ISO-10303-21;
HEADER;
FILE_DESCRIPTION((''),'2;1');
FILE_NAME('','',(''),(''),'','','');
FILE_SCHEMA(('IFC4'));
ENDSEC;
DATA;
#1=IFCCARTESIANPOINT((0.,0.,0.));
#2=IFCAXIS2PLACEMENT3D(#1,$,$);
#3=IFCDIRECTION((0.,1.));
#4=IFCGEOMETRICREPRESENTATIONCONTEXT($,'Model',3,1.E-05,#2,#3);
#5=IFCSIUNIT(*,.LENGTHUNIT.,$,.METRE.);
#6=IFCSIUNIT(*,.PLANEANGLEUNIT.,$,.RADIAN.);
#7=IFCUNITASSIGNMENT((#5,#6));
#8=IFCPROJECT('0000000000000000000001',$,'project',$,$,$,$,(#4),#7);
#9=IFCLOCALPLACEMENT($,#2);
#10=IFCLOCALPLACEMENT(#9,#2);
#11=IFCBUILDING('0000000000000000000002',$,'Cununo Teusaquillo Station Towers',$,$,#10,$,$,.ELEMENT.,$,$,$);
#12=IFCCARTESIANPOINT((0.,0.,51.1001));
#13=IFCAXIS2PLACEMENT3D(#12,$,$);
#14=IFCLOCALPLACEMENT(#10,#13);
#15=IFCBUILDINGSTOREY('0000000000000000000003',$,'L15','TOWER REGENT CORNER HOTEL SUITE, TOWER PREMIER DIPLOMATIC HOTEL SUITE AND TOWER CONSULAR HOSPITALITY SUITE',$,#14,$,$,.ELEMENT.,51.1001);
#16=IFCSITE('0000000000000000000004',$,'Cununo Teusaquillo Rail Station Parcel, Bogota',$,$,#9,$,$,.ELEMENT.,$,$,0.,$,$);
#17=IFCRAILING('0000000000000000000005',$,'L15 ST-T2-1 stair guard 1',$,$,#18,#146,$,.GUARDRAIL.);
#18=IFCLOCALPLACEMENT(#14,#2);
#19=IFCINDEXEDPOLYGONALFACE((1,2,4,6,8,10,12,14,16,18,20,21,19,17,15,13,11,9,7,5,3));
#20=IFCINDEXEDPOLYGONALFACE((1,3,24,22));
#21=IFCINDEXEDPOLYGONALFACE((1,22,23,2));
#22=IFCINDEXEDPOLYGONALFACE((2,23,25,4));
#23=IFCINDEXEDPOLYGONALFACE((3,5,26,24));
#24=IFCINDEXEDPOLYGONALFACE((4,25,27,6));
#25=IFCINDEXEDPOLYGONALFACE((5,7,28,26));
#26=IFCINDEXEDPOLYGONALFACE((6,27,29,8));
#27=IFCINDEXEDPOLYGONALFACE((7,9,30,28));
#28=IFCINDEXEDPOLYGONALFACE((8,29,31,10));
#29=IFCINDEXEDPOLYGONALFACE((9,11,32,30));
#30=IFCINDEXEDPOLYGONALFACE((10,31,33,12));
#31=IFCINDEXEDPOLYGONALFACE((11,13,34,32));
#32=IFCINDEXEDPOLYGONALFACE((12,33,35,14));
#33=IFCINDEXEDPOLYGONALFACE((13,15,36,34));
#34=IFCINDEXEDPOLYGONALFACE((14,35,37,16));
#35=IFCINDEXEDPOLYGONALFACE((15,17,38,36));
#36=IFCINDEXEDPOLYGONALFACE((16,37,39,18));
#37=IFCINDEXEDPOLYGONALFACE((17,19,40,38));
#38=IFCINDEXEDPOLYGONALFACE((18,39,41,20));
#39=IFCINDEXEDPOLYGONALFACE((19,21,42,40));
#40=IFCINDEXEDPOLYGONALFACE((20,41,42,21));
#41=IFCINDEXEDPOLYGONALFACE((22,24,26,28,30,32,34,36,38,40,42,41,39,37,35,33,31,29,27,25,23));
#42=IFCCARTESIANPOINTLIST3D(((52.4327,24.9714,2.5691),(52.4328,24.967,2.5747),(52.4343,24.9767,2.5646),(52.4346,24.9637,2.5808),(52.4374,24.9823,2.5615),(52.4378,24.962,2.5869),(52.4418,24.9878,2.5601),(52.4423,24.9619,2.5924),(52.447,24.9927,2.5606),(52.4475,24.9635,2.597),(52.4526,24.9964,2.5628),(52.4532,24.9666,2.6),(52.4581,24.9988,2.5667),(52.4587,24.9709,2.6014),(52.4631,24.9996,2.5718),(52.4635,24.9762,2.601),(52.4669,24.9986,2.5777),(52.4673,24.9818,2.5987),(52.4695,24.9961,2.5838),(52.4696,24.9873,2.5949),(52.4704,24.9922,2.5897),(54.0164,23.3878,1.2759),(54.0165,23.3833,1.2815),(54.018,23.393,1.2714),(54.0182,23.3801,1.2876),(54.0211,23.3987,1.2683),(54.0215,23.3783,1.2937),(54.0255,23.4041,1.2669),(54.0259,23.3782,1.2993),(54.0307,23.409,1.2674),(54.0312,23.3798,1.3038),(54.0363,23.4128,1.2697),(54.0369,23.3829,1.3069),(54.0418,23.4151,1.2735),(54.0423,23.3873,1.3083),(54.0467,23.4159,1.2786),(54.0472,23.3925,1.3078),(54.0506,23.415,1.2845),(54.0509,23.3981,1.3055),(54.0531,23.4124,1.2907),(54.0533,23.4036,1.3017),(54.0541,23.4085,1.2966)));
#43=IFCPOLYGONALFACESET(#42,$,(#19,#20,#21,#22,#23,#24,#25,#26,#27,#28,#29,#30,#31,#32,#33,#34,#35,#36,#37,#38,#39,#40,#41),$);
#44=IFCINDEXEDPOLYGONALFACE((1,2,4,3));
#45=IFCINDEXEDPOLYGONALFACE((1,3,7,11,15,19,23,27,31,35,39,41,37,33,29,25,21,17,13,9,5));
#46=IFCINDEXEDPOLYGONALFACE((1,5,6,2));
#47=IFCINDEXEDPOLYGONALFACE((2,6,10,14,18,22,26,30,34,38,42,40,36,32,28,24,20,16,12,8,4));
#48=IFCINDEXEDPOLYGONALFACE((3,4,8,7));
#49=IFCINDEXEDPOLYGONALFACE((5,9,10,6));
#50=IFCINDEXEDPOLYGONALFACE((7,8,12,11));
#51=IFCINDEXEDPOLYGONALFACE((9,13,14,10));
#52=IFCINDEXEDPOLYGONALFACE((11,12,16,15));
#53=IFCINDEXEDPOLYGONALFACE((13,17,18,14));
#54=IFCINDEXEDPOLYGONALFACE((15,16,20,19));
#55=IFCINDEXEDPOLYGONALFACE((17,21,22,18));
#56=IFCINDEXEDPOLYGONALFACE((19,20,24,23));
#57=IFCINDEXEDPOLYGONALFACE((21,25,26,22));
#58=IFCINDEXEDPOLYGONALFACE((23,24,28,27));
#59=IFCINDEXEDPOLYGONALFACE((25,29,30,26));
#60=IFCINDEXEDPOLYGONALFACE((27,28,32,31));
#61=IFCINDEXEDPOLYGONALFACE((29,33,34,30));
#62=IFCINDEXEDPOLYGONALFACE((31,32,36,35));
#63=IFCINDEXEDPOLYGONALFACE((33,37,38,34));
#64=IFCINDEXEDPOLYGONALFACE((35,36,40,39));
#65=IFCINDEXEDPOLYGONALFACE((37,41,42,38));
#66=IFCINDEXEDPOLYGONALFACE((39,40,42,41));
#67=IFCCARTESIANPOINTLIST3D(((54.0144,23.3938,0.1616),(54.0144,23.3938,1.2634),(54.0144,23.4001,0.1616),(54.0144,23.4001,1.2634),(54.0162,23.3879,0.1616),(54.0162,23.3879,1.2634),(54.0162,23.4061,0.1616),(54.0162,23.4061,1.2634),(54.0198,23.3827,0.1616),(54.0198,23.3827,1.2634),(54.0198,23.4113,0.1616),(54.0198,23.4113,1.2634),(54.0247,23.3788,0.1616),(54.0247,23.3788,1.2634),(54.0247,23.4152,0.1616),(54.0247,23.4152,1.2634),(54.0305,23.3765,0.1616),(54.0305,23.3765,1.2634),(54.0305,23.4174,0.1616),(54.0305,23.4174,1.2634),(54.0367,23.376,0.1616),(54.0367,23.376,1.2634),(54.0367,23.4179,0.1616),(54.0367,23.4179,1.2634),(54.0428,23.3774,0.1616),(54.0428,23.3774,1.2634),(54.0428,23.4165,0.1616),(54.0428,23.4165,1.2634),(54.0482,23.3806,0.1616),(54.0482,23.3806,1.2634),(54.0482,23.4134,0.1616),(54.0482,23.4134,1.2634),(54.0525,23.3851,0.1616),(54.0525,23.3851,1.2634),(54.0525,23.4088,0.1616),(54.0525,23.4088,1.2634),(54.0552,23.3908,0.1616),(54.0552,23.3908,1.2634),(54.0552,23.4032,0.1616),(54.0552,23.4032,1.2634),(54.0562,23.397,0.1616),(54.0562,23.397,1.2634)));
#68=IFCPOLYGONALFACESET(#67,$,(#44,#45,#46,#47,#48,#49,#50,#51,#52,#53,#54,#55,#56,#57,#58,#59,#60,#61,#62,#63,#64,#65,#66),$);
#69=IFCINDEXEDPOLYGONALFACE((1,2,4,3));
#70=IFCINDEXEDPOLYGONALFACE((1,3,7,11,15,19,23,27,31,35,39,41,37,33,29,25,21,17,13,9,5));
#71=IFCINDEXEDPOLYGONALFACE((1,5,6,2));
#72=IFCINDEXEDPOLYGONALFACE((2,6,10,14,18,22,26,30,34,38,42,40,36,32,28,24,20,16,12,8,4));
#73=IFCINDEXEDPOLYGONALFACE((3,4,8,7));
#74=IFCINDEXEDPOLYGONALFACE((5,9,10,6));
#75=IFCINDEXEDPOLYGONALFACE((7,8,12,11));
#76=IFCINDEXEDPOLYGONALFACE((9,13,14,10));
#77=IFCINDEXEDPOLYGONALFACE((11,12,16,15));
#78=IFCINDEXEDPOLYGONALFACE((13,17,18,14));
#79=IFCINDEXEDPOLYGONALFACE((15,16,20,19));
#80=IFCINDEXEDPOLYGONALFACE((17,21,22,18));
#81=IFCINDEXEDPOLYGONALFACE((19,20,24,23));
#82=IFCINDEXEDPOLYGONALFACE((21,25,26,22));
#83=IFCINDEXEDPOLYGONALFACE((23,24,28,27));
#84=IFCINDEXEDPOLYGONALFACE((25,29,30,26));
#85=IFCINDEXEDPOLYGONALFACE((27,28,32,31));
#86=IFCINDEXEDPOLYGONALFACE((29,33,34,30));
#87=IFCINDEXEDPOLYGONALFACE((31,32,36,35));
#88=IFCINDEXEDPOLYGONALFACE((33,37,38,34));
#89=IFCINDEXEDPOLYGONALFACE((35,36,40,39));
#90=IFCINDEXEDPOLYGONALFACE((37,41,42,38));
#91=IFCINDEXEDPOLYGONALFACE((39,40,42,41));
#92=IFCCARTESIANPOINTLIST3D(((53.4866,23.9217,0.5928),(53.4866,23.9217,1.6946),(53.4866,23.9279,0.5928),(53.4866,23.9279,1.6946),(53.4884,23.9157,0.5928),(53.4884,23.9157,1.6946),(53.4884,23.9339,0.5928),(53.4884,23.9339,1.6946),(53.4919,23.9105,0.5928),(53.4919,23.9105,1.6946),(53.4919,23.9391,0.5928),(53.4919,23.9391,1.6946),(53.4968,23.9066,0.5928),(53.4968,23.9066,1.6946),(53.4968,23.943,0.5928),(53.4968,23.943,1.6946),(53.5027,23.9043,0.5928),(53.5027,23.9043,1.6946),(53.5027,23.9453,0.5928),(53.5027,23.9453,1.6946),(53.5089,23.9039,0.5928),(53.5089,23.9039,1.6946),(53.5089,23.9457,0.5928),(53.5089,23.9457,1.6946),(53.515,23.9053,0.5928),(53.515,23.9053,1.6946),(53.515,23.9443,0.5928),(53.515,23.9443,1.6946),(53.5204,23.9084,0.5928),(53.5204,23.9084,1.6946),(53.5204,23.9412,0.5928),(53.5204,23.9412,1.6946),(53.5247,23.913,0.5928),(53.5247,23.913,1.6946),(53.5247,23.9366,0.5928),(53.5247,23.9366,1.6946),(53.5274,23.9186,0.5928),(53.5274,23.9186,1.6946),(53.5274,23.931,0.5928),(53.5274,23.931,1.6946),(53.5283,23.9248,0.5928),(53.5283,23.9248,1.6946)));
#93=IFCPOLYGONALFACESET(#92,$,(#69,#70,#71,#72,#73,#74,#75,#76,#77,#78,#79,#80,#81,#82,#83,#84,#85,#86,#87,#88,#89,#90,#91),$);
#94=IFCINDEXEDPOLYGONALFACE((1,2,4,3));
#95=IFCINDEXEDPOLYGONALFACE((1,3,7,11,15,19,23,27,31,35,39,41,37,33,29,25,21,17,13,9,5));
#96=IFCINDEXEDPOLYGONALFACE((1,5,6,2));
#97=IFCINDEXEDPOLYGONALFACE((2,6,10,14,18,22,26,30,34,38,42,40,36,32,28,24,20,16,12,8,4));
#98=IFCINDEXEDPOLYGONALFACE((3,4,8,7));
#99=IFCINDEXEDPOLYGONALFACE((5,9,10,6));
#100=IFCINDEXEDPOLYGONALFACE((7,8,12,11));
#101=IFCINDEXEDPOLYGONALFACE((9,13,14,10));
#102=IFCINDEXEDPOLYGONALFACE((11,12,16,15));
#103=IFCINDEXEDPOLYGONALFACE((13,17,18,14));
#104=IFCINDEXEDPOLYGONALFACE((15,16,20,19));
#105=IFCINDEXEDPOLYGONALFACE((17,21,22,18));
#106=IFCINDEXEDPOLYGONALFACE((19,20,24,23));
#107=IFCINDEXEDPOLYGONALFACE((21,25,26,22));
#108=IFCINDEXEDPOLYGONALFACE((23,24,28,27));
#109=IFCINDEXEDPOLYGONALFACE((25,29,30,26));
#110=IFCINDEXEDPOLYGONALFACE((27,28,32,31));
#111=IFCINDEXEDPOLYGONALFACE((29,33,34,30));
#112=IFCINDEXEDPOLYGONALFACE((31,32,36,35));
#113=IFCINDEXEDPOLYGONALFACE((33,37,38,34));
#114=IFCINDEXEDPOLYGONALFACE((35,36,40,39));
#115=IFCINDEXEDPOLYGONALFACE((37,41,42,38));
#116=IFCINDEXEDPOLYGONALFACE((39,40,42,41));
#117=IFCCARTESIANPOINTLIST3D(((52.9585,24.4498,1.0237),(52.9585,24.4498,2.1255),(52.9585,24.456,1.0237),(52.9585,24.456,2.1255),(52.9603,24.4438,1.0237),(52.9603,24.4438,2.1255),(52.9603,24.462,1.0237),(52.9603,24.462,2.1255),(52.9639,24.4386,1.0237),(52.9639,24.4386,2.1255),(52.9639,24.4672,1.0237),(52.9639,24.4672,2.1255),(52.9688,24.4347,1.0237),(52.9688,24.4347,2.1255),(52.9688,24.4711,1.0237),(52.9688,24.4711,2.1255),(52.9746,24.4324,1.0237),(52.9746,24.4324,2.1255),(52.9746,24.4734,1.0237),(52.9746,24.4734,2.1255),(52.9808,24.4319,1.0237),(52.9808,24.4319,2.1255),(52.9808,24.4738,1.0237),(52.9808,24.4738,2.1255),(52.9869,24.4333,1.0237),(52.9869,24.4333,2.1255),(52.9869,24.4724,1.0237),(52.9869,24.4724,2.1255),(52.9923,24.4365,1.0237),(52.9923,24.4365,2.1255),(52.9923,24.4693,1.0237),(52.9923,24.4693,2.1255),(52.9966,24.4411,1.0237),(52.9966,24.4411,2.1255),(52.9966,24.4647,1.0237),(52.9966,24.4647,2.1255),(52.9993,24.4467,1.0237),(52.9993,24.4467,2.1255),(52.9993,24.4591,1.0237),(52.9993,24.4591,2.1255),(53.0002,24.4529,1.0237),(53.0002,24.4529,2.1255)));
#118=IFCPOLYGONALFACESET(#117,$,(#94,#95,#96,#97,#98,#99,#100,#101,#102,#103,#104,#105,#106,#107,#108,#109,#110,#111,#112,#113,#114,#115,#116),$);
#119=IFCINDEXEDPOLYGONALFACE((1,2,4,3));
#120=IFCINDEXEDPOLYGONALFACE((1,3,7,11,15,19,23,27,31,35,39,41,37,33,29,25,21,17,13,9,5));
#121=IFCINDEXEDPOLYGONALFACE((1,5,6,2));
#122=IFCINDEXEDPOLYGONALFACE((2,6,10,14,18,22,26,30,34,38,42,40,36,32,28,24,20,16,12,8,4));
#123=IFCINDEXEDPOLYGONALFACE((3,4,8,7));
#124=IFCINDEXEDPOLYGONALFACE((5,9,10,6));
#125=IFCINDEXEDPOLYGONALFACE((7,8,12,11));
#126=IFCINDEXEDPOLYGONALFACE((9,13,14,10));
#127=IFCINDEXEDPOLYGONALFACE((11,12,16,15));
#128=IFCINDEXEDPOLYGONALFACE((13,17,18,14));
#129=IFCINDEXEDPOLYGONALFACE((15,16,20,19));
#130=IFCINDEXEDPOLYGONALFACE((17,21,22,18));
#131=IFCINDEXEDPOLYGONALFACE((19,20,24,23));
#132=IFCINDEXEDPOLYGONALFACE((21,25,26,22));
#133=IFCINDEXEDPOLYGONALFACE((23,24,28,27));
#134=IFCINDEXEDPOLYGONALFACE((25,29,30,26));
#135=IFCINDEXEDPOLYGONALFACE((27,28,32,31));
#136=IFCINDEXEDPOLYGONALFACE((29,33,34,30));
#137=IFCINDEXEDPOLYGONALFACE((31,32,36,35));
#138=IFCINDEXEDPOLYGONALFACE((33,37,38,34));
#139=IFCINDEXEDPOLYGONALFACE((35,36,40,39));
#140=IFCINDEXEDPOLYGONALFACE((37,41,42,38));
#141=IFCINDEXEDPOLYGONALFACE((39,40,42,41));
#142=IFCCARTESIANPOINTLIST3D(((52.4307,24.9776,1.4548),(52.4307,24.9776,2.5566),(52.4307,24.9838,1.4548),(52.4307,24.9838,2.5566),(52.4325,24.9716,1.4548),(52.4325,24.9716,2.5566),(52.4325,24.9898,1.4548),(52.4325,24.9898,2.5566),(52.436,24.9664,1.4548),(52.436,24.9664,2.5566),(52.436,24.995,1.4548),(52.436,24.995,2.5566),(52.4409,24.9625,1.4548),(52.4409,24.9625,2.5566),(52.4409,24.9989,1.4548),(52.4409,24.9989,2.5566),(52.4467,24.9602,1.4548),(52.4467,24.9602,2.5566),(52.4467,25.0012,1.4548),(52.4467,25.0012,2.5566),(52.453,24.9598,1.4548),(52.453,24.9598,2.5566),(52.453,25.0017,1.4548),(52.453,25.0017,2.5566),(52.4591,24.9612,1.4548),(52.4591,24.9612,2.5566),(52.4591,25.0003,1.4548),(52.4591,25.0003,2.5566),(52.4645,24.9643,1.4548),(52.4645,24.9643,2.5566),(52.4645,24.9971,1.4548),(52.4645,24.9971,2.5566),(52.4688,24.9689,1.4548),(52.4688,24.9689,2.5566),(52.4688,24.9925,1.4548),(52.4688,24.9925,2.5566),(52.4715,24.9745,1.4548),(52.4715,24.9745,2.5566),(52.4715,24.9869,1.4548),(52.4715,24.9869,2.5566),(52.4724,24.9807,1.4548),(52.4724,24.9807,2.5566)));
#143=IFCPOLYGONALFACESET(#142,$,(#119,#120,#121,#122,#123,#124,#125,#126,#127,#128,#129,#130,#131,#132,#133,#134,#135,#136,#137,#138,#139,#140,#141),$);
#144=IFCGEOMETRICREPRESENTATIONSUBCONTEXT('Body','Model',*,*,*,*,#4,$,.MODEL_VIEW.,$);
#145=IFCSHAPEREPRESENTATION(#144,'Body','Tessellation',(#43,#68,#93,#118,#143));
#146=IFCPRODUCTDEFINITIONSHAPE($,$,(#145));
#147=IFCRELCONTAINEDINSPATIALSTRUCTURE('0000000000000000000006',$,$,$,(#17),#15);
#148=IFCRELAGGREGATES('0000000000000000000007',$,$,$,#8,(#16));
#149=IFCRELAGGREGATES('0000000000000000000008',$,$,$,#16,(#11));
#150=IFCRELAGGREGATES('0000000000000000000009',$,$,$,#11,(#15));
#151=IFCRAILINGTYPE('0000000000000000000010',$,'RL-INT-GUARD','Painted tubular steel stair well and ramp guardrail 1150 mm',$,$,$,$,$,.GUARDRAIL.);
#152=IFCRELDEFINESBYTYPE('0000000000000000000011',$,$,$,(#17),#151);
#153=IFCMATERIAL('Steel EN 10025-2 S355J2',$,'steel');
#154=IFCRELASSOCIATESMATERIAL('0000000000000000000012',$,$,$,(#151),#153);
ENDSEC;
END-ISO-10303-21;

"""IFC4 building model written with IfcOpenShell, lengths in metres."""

from ifc_helpers import new_model, si_unit, direction, frame, origin, origin_2d, place, context, subcontext, project, spatial, circle, extrude, material, type_object, element, save


model = new_model("IFC4")

# Units and contexts
model_context = context("Model", 3, precision=1e-05, world=origin(), true_north=direction((0.0, 1.0)))
body_context = subcontext(model_context, "Body", "Model", "MODEL_VIEW")
ifc_project = project(units=[si_unit("LENGTHUNIT", "METRE"), si_unit("PLANEANGLEUNIT", "RADIAN")], contexts=[model_context])

# Site, building, storey
site_placement = place(None, origin())
site = spatial("IfcSite", under=ifc_project, at=site_placement, Name="Cununo Teusaquillo Rail Station Parcel, Bogota", CompositionType="ELEMENT", RefElevation=0.0)
building_placement = place(site_placement, origin())
building = spatial("IfcBuilding", under=site, at=building_placement, Name="Cununo Teusaquillo Station Towers", CompositionType="ELEMENT")
storey_placement = place(building_placement, frame((0.0, 0.0, 51.1001)))
storey = spatial("IfcBuildingStorey", under=building, at=storey_placement, Name="L15", Description="TOWER REGENT CORNER HOTEL SUITE, TOWER PREMIER DIPLOMATIC HOTEL SUITE AND TOWER CONSULAR HOSPITALITY SUITE", CompositionType="ELEMENT", Elevation=51.1001)

# Railing
ifc_material_1 = material(Name="Steel EN 10025-2 S355J2", Category="steel")
railing_type_1 = type_object("IfcRailingType", Name="RL-INT-GUARD", Description="Painted tubular steel stair well and ramp guardrail 1150 mm", PredefinedType="GUARDRAIL", material=ifc_material_1)
railing_1_placement = place(storey_placement, frame((54.0352, 23.397, 0.1616)))
element("IfcRailing", 1, at=railing_1_placement, inside=storey, type_object=railing_type_1, Name="L15 ST-T2-1 stair guard 1", PredefinedType="GUARDRAIL", context=body_context, shape_type="SweptSolid", body=[
    extrude(circle(Radius=0.0239, at=origin_2d()), frame((0.0, 0.0, 1.126), z_axis=(-0.612361, 0.612361, 0.500027), x_axis=(-0.707107, -0.707107, 0.0)), (0.0, 0.0, 1.0), 2.5862),
    extrude(circle(Radius=0.021, at=origin_2d()), origin(), (0.0, 0.0, 1.0), 1.1018),
    extrude(circle(Radius=0.021, at=origin_2d()), frame((-0.5278, 0.5278, 0.4312)), (0.0, 0.0, 1.0), 1.1018),
    extrude(circle(Radius=0.021, at=origin_2d()), frame((-1.0559, 1.0559, 0.8621)), (0.0, 0.0, 1.0), 1.1018),
    extrude(circle(Radius=0.021, at=origin_2d()), frame((-1.5837, 1.5837, 1.2932)), (0.0, 0.0, 1.0), 1.1018),
])

save(model, "model.ifc")
